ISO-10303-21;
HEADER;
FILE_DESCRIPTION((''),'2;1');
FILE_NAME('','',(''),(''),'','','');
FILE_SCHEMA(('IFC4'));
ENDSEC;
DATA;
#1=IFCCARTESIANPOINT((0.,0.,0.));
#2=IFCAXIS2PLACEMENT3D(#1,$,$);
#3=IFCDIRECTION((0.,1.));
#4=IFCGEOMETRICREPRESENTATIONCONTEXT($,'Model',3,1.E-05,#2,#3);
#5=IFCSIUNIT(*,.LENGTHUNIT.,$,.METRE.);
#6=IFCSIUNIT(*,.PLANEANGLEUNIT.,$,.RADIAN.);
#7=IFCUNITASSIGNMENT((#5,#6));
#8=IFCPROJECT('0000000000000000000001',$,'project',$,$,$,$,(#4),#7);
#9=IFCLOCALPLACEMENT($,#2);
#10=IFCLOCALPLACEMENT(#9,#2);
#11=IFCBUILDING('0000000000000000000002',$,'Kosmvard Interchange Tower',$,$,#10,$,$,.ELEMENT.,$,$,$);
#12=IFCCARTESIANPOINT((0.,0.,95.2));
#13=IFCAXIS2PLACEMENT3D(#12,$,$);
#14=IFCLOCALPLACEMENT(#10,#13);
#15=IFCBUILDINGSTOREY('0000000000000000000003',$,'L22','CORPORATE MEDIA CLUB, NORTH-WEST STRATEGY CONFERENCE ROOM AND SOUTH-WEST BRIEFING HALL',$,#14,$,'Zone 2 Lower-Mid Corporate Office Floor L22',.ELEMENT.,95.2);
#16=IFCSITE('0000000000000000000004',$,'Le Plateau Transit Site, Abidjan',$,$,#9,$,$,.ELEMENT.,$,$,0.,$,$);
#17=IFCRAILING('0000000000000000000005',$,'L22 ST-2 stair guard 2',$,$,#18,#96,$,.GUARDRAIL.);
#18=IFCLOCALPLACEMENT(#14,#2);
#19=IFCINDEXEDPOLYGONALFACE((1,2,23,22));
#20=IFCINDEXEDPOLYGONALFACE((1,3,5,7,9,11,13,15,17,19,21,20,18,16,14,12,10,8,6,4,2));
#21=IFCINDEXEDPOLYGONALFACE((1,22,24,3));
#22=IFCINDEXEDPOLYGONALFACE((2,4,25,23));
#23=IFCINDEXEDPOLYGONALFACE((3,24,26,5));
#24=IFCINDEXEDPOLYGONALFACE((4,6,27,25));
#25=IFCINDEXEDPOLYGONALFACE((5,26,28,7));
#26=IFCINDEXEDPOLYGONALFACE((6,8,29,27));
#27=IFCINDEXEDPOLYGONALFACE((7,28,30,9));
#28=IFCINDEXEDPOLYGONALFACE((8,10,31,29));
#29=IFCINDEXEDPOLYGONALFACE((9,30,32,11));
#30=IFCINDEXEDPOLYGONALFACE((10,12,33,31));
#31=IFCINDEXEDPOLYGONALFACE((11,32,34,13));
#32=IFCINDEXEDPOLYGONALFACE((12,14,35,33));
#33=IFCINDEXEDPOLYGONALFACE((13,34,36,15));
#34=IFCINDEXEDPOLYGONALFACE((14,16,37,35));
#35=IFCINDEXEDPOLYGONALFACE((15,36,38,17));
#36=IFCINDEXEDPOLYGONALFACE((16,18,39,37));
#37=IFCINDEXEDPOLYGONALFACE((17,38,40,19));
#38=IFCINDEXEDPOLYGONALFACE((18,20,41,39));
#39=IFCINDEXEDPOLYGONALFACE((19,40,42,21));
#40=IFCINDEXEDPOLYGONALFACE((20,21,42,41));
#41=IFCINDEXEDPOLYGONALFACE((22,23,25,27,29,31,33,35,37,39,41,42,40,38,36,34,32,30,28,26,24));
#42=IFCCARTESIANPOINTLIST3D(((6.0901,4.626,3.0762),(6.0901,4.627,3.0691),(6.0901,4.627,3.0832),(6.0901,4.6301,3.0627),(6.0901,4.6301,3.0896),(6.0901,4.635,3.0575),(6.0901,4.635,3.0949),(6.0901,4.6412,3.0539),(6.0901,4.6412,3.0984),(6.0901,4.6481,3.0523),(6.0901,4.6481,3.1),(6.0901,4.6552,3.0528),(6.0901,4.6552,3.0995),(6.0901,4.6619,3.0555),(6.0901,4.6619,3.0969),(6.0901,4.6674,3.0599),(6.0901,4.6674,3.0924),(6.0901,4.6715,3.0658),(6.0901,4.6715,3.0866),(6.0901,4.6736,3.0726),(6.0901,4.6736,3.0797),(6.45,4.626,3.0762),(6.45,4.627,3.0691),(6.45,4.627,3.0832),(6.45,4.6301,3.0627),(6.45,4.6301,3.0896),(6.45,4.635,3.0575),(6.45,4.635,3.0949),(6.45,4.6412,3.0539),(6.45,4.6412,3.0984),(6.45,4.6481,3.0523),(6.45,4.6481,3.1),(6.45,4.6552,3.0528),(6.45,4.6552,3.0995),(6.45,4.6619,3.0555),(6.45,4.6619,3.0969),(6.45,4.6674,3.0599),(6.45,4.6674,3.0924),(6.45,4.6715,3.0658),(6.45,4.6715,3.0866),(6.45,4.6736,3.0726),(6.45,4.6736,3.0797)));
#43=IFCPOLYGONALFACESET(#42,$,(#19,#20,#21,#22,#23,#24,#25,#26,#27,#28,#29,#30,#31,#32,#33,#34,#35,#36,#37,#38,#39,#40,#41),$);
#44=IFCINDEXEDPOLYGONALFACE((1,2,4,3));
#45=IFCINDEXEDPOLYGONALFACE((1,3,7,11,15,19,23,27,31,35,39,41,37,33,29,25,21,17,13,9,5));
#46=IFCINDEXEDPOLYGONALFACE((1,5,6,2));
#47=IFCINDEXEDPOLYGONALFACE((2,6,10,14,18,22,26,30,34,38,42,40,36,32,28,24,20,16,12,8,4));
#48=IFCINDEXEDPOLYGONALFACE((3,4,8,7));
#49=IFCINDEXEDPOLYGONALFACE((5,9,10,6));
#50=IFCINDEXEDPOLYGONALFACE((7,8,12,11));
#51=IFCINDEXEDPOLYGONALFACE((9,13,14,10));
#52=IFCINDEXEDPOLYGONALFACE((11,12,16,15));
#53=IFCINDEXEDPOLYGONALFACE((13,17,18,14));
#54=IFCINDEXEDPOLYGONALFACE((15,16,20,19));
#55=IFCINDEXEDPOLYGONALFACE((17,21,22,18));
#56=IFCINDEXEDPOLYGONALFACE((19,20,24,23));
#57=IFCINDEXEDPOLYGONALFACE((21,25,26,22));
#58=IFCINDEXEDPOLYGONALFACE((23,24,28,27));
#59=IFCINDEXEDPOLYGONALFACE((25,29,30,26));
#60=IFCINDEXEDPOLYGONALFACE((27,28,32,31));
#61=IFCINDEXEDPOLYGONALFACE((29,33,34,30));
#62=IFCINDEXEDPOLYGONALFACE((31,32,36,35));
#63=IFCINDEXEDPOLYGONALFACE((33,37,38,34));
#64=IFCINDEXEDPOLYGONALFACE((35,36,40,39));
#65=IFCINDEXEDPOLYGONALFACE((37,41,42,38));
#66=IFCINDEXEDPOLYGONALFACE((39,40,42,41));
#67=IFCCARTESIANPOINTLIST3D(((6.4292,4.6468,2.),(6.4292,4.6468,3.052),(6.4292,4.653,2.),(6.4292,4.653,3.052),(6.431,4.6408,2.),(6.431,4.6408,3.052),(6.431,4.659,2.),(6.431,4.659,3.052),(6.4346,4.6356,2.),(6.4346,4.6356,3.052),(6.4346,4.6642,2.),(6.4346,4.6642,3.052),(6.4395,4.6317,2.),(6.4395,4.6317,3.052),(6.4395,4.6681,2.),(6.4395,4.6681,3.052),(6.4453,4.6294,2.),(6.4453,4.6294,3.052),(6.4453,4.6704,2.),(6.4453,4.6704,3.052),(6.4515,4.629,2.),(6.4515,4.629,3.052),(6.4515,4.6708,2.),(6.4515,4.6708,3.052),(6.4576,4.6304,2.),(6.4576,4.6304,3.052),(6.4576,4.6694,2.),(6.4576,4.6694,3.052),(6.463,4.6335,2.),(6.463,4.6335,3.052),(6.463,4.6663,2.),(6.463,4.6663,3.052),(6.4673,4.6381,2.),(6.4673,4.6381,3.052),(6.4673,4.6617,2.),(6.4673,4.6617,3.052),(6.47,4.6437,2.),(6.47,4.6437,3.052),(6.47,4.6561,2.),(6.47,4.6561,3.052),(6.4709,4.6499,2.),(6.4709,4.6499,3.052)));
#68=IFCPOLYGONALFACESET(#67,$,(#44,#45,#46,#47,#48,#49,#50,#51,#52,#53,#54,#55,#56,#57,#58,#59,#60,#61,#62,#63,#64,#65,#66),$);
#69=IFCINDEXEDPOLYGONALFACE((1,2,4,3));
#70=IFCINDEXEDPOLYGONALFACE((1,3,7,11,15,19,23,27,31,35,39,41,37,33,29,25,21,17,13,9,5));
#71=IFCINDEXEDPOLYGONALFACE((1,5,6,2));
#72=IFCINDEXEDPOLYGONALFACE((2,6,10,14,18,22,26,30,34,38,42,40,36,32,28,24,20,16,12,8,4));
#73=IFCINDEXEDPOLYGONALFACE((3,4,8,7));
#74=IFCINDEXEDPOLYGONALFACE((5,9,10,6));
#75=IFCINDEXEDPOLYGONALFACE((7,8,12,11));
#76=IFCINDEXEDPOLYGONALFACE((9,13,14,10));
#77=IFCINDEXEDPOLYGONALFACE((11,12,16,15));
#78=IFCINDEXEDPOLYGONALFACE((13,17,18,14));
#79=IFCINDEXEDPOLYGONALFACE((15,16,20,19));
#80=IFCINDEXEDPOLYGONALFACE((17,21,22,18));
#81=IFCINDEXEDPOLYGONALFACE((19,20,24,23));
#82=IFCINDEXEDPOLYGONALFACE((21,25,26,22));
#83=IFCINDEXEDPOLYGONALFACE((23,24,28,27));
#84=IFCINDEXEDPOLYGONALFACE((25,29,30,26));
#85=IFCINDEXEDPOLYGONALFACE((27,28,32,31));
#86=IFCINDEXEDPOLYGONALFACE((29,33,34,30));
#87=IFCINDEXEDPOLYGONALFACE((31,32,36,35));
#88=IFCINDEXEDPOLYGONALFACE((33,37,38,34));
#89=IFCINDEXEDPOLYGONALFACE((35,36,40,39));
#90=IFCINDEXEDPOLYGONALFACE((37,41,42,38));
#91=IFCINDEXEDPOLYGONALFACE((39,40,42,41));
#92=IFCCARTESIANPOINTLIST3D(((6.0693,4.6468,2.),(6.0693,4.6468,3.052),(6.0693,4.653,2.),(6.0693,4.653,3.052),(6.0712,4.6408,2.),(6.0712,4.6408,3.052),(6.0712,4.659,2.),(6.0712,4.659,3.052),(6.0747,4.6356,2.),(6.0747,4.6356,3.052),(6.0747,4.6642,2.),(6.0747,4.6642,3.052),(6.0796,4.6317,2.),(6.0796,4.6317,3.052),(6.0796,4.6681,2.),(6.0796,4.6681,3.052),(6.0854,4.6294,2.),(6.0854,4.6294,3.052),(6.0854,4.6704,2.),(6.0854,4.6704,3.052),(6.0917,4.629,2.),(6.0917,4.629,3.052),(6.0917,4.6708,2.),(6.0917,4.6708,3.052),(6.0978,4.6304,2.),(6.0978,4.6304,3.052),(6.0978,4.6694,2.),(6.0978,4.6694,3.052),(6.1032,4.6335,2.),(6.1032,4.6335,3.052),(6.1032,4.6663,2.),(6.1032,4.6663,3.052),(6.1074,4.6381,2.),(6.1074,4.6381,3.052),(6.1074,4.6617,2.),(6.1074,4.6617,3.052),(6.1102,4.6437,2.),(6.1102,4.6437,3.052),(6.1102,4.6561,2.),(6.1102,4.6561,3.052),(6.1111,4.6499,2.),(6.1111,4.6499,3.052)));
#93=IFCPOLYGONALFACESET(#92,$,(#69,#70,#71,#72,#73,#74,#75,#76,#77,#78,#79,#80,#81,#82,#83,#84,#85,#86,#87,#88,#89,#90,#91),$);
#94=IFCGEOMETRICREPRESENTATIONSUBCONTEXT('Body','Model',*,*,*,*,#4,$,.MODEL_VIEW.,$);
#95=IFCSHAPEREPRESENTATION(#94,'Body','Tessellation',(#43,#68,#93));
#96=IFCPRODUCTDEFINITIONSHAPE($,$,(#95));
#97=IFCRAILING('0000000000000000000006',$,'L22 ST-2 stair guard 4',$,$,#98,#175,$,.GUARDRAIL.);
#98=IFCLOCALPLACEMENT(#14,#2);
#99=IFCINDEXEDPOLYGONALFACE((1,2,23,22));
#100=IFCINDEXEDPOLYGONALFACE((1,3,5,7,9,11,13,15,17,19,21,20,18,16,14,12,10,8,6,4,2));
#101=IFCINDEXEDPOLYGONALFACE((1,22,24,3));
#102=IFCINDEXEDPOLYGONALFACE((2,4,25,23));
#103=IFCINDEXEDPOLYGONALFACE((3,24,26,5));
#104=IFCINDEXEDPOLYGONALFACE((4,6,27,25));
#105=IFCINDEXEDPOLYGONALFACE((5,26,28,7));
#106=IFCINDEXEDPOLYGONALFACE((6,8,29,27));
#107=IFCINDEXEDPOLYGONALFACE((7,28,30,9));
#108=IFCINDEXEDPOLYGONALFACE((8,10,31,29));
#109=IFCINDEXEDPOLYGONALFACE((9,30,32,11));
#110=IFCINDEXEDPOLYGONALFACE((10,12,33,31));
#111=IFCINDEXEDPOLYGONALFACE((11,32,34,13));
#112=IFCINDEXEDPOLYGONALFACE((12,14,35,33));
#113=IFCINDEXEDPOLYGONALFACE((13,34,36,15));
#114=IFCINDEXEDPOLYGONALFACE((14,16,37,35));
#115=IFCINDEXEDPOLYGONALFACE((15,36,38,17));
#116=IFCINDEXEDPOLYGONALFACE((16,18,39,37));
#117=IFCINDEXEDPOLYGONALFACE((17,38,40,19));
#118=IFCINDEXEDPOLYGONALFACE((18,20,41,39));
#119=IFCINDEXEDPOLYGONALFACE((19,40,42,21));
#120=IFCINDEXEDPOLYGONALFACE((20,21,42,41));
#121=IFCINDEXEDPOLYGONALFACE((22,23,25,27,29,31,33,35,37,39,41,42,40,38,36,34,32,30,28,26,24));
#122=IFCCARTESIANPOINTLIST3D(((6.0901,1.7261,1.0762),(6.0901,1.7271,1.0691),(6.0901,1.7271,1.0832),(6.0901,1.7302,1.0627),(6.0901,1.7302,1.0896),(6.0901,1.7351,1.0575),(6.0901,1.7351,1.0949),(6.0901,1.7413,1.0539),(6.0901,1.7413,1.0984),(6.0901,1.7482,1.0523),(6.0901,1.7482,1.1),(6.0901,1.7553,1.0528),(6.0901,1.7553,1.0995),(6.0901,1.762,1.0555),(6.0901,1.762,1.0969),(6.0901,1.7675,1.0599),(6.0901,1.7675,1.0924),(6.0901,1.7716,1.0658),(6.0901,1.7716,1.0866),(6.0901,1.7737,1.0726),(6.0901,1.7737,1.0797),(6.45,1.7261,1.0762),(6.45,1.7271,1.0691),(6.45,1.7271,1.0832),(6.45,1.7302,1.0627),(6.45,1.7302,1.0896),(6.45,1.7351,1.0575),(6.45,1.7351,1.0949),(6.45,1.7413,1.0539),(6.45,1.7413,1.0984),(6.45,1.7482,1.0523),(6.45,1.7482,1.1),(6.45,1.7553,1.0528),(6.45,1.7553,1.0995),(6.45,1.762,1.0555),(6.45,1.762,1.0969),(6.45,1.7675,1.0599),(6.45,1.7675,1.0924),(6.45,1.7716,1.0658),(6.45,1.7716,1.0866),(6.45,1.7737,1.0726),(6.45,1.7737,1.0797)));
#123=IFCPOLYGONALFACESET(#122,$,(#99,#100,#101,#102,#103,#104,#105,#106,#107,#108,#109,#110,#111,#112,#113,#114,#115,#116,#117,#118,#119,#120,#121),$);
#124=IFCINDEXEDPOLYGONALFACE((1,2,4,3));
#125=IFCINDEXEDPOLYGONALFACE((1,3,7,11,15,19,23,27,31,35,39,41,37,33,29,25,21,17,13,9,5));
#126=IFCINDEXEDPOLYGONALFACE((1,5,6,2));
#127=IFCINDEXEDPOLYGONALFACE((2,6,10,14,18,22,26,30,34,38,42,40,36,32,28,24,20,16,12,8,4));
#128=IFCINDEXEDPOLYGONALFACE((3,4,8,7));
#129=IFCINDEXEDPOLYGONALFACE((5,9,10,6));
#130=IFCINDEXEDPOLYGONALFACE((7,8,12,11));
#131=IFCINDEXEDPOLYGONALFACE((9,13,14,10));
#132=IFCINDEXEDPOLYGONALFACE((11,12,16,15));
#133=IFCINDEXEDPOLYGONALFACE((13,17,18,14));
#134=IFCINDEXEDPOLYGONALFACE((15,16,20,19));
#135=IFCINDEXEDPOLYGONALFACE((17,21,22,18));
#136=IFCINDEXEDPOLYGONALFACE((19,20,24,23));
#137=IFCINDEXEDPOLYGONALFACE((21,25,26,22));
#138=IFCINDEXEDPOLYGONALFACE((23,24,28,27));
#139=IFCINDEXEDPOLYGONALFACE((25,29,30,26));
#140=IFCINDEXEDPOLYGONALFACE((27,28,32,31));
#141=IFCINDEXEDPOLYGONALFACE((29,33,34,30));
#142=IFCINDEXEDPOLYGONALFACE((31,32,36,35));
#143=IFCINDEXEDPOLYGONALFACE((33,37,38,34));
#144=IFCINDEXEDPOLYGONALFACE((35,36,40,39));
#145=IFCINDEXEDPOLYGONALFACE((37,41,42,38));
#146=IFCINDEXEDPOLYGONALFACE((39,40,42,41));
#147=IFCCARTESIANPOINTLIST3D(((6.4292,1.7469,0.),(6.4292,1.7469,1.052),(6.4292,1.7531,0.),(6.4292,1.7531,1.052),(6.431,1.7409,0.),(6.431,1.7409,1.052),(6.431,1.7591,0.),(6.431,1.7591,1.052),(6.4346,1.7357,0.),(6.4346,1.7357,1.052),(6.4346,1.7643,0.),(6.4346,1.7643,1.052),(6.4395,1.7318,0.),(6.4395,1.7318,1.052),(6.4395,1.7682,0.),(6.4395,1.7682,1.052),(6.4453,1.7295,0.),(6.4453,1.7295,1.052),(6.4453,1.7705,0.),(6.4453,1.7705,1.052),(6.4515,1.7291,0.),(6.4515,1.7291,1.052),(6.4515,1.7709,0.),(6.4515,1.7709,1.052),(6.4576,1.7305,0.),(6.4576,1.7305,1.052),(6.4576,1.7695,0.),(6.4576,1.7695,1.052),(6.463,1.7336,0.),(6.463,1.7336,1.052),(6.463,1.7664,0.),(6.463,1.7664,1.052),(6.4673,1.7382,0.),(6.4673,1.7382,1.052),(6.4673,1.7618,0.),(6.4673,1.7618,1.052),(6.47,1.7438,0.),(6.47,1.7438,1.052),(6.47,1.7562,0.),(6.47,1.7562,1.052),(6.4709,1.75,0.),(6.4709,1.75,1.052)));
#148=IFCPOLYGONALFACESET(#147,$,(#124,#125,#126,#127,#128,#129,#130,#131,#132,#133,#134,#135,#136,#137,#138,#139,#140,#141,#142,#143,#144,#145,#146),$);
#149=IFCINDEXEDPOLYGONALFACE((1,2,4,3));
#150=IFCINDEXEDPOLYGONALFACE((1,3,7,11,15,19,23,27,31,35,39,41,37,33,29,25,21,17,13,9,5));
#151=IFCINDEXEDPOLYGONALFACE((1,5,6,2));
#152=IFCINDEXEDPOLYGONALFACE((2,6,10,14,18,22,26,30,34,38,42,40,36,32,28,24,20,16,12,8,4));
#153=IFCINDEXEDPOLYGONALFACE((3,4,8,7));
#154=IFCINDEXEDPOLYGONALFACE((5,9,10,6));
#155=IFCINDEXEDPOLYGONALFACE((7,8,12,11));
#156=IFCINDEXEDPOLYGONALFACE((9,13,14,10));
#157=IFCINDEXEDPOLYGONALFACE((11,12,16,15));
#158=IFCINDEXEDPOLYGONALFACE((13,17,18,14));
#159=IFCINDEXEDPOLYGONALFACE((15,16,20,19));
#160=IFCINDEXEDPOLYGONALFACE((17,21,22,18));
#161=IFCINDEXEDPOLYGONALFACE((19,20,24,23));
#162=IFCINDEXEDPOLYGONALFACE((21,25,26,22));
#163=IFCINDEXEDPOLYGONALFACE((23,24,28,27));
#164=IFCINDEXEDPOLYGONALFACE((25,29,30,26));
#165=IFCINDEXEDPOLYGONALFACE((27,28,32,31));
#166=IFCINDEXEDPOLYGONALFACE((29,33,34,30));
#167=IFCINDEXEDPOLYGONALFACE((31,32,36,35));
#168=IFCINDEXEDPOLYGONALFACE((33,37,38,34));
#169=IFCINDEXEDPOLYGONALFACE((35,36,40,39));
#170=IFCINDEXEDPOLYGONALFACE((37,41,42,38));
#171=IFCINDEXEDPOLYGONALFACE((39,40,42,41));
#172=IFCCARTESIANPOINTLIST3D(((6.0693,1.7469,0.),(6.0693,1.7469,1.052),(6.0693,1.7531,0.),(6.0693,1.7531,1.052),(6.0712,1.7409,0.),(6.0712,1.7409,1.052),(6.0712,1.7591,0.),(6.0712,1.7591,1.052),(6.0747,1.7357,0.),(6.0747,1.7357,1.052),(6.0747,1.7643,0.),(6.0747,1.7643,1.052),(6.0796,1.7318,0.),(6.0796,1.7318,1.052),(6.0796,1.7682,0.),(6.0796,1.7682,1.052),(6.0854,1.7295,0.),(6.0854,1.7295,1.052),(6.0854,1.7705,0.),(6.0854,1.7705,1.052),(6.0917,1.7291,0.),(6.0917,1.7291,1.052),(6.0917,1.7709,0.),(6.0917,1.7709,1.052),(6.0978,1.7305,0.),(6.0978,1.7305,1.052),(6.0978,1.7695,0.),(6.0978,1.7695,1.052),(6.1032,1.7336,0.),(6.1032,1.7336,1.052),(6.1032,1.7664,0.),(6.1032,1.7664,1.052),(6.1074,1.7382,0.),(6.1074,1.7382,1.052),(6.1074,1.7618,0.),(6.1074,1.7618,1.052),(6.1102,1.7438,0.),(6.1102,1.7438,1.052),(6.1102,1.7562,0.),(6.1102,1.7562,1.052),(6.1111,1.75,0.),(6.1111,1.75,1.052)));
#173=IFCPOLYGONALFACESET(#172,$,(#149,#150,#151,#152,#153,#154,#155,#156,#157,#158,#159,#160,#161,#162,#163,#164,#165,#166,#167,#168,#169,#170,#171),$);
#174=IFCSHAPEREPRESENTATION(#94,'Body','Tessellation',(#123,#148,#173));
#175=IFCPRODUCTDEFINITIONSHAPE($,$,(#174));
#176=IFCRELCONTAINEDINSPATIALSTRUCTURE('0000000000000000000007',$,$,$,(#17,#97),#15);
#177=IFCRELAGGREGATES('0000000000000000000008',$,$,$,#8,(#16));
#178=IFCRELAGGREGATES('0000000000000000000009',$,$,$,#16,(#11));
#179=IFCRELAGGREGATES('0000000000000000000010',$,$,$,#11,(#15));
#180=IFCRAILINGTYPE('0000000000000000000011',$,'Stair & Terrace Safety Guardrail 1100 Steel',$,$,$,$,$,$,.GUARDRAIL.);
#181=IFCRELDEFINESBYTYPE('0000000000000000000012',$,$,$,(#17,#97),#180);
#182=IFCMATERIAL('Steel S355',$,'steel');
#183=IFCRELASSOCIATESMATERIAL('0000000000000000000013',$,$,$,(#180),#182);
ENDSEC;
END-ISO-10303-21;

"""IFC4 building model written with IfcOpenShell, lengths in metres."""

from ifc_helpers import new_model, si_unit, direction, frame, origin, origin_2d, place, context, subcontext, project, spatial, circle, extrude, source, transform, mapped, material, type_object, element, save


model = new_model("IFC4")

# Units and contexts
model_context = context("Model", 3, precision=1e-05, world=origin(), true_north=direction((0.0, 1.0)))
body_context = subcontext(model_context, "Body", "Model", "MODEL_VIEW")
ifc_project = project(units=[si_unit("LENGTHUNIT", "METRE"), si_unit("PLANEANGLEUNIT", "RADIAN")], contexts=[model_context])

# Site, building, storey
site_placement = place(None, origin())
site = spatial("IfcSite", under=ifc_project, at=site_placement, Name="Le Plateau Transit Site, Abidjan", CompositionType="ELEMENT", RefElevation=0.0)
building_placement = place(site_placement, origin())
building = spatial("IfcBuilding", under=site, at=building_placement, Name="Kosmvard Interchange Tower", CompositionType="ELEMENT")
storey_placement = place(building_placement, frame((0.0, 0.0, 95.2)))
storey = spatial("IfcBuildingStorey", under=building, at=storey_placement, Name="L22", Description="CORPORATE MEDIA CLUB, NORTH-WEST STRATEGY CONFERENCE ROOM AND SOUTH-WEST BRIEFING HALL", LongName="Zone 2 Lower-Mid Corporate Office Floor L22", CompositionType="ELEMENT", Elevation=95.2)

# Shared definitions
ifc_material_1 = material(Name="Steel S355", Category="steel")

# Railings
railing_type_1 = type_object("IfcRailingType", Name="Stair & Terrace Safety Guardrail 1100 Steel", PredefinedType="GUARDRAIL", material=ifc_material_1)
shared_shape_1 = source(origin(), body_context, "Body", "SweptSolid", [
    extrude(circle(Radius=0.0239, at=origin_2d()), frame((0.0, 0.0, 1.0762), z_axis=(-1.0, 0.0, 0.0), x_axis=(0.0, -1.0, 0.0)), (0.0, 0.0, 1.0), 0.3599),
    extrude(circle(Radius=0.021, at=origin_2d()), origin(), (0.0, 0.0, 1.0), 1.052),
    extrude(circle(Radius=0.021, at=origin_2d()), frame((-0.3599, 0.0, 0.0)), (0.0, 0.0, 1.0), 1.052),
])
for number, where, name in (
    (1, (6.45, 4.6499, 2.0), "L22 ST-2 stair guard 2"),
    (2, (6.45, 1.75, 0.0), "L22 ST-2 stair guard 4"),
):
    element("IfcRailing", number, at=place(storey_placement, frame(where)), inside=storey, type_object=railing_type_1, Name=name, PredefinedType="GUARDRAIL", context=body_context, shape_type="MappedRepresentation", body=[
        mapped(shared_shape_1, transform((0.0, 0.0, 0.0), scale=1.0)),
    ])

save(model, "model.ifc")
